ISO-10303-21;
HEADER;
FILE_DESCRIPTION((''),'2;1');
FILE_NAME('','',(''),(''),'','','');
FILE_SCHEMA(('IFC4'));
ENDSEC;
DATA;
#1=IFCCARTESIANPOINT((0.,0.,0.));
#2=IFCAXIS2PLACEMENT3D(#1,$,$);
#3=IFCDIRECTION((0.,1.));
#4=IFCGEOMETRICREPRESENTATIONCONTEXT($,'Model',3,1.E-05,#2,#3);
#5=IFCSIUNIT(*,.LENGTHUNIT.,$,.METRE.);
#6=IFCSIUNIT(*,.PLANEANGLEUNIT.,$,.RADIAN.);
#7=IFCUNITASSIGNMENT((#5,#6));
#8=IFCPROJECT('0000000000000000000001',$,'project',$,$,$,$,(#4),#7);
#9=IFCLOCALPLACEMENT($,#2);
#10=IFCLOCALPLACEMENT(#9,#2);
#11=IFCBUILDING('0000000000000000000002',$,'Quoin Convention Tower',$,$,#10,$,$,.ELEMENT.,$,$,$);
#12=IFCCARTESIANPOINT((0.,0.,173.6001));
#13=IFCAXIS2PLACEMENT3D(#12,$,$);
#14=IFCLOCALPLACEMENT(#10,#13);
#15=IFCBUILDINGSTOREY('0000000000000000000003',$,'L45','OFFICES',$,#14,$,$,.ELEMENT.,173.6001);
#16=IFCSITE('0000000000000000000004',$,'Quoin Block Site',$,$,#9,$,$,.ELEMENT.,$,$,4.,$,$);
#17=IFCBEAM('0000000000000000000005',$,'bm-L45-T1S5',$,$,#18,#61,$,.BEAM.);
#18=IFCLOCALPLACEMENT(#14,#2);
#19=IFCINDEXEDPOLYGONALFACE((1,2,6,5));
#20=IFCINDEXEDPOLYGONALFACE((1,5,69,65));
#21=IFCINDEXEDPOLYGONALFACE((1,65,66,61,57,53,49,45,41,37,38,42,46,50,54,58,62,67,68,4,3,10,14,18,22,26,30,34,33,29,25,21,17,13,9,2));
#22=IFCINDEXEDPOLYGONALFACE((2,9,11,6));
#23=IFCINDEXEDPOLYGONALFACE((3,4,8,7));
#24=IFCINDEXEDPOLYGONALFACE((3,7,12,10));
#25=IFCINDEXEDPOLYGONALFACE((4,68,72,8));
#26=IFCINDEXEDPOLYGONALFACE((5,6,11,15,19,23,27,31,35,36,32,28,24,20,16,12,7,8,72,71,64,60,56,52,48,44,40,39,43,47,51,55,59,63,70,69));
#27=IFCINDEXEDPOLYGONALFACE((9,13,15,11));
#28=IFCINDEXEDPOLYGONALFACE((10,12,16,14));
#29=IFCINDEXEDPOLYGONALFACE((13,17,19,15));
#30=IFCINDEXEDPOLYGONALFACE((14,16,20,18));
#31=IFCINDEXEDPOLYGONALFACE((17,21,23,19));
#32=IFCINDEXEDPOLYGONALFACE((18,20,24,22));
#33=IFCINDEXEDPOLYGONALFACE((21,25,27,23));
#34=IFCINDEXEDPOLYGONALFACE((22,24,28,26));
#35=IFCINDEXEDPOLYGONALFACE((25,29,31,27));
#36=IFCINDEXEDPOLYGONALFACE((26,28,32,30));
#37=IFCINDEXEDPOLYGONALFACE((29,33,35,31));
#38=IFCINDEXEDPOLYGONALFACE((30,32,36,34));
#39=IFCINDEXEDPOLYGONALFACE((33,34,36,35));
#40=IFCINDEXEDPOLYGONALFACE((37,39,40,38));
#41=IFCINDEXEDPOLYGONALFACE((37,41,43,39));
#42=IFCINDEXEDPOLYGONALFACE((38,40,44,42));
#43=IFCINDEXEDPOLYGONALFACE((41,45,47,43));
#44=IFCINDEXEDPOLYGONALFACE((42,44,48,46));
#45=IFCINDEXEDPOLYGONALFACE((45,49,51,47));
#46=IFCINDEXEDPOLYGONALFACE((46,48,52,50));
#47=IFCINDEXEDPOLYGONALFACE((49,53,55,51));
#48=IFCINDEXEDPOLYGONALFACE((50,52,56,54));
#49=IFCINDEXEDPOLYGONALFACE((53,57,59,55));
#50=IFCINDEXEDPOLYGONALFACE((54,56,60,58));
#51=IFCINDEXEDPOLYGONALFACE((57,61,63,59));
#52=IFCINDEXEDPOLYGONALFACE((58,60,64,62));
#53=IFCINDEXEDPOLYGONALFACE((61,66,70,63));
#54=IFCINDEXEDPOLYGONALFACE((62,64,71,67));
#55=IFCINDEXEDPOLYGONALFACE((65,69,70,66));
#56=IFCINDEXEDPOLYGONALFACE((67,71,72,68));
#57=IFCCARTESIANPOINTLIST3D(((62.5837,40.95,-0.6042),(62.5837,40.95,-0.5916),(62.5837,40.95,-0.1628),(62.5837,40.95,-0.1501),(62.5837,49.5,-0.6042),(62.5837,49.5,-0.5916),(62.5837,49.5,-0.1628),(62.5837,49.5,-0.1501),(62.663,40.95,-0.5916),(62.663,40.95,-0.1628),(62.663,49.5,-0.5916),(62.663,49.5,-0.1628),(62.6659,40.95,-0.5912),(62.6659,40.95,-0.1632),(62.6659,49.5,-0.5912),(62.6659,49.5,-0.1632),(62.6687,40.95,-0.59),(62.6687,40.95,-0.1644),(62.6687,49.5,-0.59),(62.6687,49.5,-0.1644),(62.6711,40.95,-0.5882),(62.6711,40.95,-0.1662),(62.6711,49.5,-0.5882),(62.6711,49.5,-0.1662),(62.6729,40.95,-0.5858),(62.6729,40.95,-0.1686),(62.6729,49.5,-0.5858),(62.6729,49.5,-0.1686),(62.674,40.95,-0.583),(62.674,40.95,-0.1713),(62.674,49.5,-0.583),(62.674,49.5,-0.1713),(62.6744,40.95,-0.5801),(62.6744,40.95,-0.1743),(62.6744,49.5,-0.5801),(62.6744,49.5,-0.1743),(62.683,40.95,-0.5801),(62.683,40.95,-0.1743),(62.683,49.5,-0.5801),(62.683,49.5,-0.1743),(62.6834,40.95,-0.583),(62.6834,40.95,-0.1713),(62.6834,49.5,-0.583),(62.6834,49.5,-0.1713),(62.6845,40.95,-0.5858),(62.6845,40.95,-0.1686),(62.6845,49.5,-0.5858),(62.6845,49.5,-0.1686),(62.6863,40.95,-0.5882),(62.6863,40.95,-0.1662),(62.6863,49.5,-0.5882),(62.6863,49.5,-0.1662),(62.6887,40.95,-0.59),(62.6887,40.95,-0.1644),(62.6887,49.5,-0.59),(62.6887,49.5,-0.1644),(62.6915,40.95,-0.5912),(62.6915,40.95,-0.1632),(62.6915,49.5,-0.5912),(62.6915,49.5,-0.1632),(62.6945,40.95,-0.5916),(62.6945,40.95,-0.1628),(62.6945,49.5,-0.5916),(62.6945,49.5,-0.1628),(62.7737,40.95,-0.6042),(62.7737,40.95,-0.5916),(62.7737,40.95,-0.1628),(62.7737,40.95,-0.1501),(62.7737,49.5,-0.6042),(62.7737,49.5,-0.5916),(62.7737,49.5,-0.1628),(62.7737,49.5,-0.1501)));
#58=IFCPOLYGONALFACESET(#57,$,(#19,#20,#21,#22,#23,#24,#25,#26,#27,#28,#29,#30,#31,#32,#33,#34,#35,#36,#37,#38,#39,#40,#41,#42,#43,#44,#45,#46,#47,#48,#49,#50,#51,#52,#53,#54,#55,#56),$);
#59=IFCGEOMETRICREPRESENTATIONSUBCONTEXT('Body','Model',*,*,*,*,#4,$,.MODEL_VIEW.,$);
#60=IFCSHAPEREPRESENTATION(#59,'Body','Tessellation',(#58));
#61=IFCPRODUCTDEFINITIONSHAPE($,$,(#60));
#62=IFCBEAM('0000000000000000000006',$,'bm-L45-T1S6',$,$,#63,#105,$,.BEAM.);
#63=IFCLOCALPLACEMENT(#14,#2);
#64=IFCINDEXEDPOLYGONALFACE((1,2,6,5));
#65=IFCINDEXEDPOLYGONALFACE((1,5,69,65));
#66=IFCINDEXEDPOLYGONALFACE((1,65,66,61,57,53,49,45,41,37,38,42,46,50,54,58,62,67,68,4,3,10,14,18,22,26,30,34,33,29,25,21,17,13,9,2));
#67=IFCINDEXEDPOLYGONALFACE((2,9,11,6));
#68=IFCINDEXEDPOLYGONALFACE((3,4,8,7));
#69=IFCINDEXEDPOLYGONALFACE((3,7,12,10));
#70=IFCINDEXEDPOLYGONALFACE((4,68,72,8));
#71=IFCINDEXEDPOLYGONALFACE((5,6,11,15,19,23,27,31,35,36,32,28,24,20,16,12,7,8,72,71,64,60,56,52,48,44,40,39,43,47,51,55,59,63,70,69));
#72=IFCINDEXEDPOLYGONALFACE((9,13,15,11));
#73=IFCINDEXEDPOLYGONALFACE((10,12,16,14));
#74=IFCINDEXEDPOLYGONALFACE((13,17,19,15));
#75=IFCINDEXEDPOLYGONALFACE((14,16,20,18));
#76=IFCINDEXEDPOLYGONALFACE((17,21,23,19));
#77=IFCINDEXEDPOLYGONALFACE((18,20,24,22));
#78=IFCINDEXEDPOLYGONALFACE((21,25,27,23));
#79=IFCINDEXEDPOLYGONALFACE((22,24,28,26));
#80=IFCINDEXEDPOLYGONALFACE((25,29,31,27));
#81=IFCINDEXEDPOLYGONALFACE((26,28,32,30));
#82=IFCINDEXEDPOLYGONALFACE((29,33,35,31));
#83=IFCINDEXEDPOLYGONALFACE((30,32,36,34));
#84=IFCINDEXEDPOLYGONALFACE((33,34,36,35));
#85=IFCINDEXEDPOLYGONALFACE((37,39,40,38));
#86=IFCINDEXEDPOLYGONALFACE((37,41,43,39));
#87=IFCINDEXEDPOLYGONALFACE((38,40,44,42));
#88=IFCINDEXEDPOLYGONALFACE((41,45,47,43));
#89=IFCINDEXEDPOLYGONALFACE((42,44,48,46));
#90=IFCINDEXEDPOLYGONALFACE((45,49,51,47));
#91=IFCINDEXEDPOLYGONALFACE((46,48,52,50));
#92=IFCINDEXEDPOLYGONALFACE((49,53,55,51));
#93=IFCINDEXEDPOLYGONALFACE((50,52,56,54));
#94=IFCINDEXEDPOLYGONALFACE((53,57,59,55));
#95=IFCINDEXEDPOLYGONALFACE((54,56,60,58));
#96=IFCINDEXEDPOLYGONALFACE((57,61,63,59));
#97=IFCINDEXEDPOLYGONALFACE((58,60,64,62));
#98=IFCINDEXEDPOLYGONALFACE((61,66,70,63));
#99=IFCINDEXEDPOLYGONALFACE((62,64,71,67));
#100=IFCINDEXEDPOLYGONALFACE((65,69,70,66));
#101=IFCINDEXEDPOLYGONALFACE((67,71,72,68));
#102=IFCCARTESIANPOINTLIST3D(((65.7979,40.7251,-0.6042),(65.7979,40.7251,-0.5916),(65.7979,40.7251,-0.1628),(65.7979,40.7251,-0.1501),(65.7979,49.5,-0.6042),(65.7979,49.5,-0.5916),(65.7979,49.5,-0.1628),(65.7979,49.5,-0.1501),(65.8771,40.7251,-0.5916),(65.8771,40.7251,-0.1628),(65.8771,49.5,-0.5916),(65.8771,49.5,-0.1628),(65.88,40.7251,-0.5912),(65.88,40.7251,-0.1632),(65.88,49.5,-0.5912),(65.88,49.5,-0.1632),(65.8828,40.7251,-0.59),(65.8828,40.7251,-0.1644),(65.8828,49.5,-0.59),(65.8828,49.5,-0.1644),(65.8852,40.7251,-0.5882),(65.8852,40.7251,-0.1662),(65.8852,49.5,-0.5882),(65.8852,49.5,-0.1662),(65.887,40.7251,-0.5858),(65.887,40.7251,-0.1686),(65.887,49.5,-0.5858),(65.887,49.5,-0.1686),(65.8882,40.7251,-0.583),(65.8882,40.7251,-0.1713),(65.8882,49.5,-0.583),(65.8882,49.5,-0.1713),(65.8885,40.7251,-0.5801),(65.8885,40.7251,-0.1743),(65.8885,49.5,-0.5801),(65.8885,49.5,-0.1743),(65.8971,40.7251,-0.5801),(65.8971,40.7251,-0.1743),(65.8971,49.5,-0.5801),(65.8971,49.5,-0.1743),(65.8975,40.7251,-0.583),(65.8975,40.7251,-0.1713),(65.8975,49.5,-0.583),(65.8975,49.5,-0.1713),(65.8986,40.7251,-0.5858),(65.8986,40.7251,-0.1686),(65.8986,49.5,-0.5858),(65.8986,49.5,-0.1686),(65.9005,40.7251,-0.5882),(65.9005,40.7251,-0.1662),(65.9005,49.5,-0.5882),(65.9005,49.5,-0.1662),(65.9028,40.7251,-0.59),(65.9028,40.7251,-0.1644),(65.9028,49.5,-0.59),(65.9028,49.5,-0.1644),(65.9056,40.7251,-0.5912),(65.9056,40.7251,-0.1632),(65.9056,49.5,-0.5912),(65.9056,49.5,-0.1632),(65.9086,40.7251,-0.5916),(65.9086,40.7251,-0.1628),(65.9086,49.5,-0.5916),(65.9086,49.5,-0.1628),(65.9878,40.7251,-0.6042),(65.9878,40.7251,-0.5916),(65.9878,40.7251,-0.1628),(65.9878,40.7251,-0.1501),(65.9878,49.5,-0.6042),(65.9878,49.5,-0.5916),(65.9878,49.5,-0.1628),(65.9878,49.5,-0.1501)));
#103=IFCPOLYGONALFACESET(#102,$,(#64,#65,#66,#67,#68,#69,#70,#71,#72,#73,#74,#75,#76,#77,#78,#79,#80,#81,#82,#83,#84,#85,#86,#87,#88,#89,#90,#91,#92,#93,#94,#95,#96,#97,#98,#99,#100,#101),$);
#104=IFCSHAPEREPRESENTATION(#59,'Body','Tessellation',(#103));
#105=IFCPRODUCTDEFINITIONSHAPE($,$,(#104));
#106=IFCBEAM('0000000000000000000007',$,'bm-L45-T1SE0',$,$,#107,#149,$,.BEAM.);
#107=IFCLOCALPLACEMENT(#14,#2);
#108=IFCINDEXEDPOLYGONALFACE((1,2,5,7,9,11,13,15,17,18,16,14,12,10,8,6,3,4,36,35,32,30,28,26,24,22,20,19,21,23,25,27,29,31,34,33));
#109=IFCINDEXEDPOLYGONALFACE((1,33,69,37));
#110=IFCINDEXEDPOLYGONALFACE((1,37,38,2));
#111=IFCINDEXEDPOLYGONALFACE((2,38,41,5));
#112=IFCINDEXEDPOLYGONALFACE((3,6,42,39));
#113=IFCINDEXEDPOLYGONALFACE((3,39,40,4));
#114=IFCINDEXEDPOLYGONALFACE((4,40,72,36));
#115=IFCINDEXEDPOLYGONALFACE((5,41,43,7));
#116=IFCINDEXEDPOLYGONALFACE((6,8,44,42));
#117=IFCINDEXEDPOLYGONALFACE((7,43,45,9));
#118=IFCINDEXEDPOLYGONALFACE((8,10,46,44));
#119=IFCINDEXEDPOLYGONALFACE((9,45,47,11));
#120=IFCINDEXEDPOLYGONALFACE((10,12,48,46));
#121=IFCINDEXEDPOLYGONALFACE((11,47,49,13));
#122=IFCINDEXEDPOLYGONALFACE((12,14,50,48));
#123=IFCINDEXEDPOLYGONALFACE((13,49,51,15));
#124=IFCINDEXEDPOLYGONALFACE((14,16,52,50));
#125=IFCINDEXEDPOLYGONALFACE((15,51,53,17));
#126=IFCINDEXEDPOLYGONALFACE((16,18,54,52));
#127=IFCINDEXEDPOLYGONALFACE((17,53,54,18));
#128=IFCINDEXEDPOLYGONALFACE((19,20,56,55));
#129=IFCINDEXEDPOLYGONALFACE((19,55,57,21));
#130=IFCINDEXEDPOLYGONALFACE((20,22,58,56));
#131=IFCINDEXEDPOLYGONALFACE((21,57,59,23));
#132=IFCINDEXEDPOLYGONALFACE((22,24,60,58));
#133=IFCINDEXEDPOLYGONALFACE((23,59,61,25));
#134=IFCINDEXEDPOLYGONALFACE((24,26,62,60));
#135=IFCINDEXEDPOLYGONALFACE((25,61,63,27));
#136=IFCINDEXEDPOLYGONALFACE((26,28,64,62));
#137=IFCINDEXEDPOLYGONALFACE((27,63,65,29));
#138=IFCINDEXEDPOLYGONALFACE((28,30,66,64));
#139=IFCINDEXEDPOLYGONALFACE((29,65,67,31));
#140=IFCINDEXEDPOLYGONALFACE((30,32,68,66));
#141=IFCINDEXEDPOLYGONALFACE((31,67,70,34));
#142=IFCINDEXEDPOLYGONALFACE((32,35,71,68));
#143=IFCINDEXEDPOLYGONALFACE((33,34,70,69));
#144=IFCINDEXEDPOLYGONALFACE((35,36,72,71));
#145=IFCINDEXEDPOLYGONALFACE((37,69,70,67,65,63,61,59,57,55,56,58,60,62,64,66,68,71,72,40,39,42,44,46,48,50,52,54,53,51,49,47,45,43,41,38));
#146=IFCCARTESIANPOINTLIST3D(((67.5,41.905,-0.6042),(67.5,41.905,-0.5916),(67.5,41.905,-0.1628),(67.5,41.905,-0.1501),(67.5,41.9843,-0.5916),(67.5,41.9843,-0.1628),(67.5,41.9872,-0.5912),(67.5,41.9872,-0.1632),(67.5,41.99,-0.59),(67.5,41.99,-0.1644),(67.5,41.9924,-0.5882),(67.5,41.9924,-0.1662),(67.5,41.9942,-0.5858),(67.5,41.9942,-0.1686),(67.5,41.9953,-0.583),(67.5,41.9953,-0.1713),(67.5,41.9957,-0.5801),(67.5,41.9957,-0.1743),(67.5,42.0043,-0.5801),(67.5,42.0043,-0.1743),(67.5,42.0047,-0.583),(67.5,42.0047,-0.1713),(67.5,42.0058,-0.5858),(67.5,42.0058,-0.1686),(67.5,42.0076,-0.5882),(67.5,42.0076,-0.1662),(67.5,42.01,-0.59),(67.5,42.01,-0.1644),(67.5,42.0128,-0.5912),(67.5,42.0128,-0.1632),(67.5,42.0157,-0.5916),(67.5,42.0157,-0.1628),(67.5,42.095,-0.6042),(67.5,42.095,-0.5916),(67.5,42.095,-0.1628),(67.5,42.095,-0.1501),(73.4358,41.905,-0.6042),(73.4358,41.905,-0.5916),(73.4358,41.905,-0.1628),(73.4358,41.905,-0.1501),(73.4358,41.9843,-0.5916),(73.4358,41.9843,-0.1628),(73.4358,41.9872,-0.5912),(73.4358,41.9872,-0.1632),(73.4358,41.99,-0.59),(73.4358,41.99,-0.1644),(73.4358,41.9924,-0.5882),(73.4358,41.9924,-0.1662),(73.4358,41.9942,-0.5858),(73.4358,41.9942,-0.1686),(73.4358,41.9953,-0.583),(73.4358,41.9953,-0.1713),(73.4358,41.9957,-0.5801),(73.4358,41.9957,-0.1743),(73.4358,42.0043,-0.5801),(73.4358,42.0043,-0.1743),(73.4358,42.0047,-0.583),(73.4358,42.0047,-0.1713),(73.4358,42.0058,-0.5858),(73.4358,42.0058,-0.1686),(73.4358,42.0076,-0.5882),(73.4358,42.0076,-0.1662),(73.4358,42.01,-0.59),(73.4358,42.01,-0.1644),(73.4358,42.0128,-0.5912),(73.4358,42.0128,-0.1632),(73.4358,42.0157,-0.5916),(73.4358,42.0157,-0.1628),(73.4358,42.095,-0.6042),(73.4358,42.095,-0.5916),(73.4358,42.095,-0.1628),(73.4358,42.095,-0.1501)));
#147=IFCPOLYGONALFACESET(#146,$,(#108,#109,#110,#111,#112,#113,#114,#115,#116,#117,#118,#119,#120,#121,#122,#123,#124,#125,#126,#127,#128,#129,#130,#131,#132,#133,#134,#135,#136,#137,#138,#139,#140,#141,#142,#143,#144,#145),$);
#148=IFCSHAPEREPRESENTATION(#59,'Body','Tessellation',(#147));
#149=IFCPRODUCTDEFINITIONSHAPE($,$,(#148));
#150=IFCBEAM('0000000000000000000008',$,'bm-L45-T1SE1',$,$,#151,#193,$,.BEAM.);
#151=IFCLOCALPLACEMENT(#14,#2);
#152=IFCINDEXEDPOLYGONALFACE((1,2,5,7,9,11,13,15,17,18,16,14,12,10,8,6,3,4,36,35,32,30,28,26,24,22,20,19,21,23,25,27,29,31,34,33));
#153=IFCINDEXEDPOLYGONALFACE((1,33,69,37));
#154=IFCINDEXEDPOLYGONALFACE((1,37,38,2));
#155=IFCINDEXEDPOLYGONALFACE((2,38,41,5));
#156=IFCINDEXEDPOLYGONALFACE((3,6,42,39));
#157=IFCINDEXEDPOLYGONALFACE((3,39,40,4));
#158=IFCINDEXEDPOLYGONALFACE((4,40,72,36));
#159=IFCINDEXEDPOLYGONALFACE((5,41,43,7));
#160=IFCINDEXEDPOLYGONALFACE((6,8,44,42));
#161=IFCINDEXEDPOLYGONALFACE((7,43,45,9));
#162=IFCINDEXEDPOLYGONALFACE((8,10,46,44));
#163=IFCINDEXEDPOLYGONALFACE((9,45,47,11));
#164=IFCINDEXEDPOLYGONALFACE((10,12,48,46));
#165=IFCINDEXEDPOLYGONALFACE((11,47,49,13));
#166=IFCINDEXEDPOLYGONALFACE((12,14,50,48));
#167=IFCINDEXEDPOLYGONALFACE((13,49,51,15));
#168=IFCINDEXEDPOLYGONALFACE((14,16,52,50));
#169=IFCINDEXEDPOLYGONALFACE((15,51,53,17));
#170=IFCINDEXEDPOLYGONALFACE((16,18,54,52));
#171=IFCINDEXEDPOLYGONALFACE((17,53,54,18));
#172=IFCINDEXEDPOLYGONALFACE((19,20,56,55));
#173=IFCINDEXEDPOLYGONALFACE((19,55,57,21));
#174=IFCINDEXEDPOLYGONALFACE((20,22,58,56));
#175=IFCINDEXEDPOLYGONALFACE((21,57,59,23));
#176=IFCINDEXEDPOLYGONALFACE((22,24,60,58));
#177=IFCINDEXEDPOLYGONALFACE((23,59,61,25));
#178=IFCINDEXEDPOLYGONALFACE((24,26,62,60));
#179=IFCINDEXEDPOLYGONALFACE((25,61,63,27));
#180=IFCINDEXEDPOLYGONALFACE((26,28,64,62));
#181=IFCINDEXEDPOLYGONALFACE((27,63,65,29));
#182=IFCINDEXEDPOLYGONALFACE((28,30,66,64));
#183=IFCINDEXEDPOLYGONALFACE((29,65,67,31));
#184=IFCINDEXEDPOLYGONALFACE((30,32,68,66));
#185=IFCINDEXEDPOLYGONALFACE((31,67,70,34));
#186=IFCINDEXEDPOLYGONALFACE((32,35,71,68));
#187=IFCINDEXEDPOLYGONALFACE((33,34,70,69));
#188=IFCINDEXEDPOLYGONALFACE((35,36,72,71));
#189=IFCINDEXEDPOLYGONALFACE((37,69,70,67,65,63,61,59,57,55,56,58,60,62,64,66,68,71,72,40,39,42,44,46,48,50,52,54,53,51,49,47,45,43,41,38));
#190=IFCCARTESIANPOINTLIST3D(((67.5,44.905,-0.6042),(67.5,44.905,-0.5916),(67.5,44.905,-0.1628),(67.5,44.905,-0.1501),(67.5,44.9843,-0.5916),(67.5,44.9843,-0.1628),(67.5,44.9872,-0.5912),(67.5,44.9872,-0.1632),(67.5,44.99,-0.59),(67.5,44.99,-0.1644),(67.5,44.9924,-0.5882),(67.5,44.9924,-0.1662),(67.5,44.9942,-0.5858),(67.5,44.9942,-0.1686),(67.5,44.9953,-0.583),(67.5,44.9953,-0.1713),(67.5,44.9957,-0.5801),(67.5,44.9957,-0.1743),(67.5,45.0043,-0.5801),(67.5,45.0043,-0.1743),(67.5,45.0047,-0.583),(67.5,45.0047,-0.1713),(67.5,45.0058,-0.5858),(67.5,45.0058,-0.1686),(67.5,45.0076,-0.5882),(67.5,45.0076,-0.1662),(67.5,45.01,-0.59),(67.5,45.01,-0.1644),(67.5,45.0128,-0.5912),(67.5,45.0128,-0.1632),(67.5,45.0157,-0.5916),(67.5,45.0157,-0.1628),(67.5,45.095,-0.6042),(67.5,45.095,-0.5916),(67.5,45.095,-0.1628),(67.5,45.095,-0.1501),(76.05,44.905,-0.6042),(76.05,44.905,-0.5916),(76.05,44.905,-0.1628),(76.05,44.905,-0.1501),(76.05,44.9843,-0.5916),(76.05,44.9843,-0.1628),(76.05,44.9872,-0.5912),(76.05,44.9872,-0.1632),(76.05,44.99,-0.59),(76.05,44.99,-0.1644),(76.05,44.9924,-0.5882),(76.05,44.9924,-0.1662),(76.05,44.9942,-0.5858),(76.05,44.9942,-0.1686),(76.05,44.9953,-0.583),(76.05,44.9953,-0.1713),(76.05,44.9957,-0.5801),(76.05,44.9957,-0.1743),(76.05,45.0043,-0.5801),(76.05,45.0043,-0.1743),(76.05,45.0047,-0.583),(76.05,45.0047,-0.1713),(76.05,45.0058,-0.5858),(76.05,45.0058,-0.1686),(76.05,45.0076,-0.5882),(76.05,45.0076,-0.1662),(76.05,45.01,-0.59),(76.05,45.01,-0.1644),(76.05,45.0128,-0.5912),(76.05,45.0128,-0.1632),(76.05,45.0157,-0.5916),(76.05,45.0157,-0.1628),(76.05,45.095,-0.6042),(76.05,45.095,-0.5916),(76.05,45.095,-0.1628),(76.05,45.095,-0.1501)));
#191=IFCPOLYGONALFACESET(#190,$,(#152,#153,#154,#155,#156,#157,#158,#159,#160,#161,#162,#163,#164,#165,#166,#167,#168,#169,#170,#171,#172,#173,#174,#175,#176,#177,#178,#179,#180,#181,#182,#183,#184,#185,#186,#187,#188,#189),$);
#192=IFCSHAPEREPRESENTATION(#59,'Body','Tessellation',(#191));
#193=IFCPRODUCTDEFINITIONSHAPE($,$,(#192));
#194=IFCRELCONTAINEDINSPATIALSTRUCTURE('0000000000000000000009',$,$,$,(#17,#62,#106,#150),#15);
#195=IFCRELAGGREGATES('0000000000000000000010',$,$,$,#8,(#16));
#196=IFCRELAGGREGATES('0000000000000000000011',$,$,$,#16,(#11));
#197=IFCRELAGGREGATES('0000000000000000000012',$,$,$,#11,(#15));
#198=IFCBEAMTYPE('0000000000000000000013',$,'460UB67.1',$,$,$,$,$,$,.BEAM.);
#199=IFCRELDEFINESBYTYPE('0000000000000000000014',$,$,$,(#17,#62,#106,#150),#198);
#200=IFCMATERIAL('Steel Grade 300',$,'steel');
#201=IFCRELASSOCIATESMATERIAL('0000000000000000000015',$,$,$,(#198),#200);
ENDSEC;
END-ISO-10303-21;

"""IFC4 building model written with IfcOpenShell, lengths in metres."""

from ifc_helpers import new_model, si_unit, direction, frame, origin, origin_2d, place, context, subcontext, project, spatial, i_section, extrude, material, material_profile, profile_set, type_object, element, save


model = new_model("IFC4")

# Units and contexts
model_context = context("Model", 3, precision=1e-05, world=origin(), true_north=direction((0.0, 1.0)))
body_context = subcontext(model_context, "Body", "Model", "MODEL_VIEW")
ifc_project = project(units=[si_unit("LENGTHUNIT", "METRE"), si_unit("PLANEANGLEUNIT", "RADIAN")], contexts=[model_context])

# Site, building, storey
site_placement = place(None, origin())
site = spatial("IfcSite", under=ifc_project, at=site_placement, Name="Quoin Block Site", CompositionType="ELEMENT", RefElevation=4.0)
building_placement = place(site_placement, origin())
building = spatial("IfcBuilding", under=site, at=building_placement, Name="Quoin Convention Tower", CompositionType="ELEMENT")
storey_placement = place(building_placement, frame((0.0, 0.0, 173.6001)))
storey = spatial("IfcBuildingStorey", under=building, at=storey_placement, Name="L45", Description="OFFICES", CompositionType="ELEMENT", Elevation=173.6001)

# Beams
ifc_material_1 = material(Name="Steel Grade 300", Category="steel")
ifc_material_profile_1 = material_profile(ifc_material_1, i_section(OverallWidth=0.1899, OverallDepth=0.4541, WebThickness=0.0085, FlangeThickness=0.0127, FilletRadius=0.0115, at=origin_2d()), Name="460UB67.1")
ifc_profile_set_1 = profile_set([ifc_material_profile_1], Name="Steel Grade 300")
beam_type_1 = type_object("IfcBeamType", Name="460UB67.1", PredefinedType="BEAM", material=ifc_profile_set_1)
beam_1_placement = place(storey_placement, frame((62.6787, 40.95, -0.3772), z_axis=(0.0, 1.0, 0.0), x_axis=(-1.0, 0.0, 0.0)))
element("IfcBeam", 1, at=beam_1_placement, inside=storey, type_object=beam_type_1, Name="bm-L45-T1S5", PredefinedType="BEAM", context=body_context, shape_type="SweptSolid", body=[
    extrude(i_section(OverallWidth=0.1899, OverallDepth=0.4541, WebThickness=0.0085, FlangeThickness=0.0127, FilletRadius=0.0115, at=origin_2d()), origin(), (0.0, 0.0, 1.0), 8.55),
])
beam_2_placement = place(storey_placement, frame((65.8928, 40.7251, -0.3772), z_axis=(0.0, 1.0, 0.0), x_axis=(-1.0, 0.0, 0.0)))
element("IfcBeam", 2, at=beam_2_placement, inside=storey, type_object=beam_type_1, Name="bm-L45-T1S6", PredefinedType="BEAM", context=body_context, shape_type="SweptSolid", body=[
    extrude(i_section(OverallWidth=0.1899, OverallDepth=0.4541, WebThickness=0.0085, FlangeThickness=0.0127, FilletRadius=0.0115, at=origin_2d()), origin(), (0.0, 0.0, 1.0), 8.7749),
])
beam_3_placement = place(storey_placement, frame((67.5, 42.0, -0.3772), z_axis=(1.0, 0.0, 0.0), x_axis=(0.0, 1.0, 0.0)))
element("IfcBeam", 3, at=beam_3_placement, inside=storey, type_object=beam_type_1, Name="bm-L45-T1SE0", PredefinedType="BEAM", context=body_context, shape_type="SweptSolid", body=[
    extrude(i_section(OverallWidth=0.1899, OverallDepth=0.4541, WebThickness=0.0085, FlangeThickness=0.0127, FilletRadius=0.0115, at=origin_2d()), origin(), (0.0, 0.0, 1.0), 5.9358),
])
beam_4_placement = place(storey_placement, frame((67.5, 45.0, -0.3772), z_axis=(1.0, 0.0, 0.0), x_axis=(0.0, 1.0, 0.0)))
element("IfcBeam", 4, at=beam_4_placement, inside=storey, type_object=beam_type_1, Name="bm-L45-T1SE1", PredefinedType="BEAM", context=body_context, shape_type="SweptSolid", body=[
    extrude(i_section(OverallWidth=0.1899, OverallDepth=0.4541, WebThickness=0.0085, FlangeThickness=0.0127, FilletRadius=0.0115, at=origin_2d()), origin(), (0.0, 0.0, 1.0), 8.55),
])

save(model, "model.ifc")
